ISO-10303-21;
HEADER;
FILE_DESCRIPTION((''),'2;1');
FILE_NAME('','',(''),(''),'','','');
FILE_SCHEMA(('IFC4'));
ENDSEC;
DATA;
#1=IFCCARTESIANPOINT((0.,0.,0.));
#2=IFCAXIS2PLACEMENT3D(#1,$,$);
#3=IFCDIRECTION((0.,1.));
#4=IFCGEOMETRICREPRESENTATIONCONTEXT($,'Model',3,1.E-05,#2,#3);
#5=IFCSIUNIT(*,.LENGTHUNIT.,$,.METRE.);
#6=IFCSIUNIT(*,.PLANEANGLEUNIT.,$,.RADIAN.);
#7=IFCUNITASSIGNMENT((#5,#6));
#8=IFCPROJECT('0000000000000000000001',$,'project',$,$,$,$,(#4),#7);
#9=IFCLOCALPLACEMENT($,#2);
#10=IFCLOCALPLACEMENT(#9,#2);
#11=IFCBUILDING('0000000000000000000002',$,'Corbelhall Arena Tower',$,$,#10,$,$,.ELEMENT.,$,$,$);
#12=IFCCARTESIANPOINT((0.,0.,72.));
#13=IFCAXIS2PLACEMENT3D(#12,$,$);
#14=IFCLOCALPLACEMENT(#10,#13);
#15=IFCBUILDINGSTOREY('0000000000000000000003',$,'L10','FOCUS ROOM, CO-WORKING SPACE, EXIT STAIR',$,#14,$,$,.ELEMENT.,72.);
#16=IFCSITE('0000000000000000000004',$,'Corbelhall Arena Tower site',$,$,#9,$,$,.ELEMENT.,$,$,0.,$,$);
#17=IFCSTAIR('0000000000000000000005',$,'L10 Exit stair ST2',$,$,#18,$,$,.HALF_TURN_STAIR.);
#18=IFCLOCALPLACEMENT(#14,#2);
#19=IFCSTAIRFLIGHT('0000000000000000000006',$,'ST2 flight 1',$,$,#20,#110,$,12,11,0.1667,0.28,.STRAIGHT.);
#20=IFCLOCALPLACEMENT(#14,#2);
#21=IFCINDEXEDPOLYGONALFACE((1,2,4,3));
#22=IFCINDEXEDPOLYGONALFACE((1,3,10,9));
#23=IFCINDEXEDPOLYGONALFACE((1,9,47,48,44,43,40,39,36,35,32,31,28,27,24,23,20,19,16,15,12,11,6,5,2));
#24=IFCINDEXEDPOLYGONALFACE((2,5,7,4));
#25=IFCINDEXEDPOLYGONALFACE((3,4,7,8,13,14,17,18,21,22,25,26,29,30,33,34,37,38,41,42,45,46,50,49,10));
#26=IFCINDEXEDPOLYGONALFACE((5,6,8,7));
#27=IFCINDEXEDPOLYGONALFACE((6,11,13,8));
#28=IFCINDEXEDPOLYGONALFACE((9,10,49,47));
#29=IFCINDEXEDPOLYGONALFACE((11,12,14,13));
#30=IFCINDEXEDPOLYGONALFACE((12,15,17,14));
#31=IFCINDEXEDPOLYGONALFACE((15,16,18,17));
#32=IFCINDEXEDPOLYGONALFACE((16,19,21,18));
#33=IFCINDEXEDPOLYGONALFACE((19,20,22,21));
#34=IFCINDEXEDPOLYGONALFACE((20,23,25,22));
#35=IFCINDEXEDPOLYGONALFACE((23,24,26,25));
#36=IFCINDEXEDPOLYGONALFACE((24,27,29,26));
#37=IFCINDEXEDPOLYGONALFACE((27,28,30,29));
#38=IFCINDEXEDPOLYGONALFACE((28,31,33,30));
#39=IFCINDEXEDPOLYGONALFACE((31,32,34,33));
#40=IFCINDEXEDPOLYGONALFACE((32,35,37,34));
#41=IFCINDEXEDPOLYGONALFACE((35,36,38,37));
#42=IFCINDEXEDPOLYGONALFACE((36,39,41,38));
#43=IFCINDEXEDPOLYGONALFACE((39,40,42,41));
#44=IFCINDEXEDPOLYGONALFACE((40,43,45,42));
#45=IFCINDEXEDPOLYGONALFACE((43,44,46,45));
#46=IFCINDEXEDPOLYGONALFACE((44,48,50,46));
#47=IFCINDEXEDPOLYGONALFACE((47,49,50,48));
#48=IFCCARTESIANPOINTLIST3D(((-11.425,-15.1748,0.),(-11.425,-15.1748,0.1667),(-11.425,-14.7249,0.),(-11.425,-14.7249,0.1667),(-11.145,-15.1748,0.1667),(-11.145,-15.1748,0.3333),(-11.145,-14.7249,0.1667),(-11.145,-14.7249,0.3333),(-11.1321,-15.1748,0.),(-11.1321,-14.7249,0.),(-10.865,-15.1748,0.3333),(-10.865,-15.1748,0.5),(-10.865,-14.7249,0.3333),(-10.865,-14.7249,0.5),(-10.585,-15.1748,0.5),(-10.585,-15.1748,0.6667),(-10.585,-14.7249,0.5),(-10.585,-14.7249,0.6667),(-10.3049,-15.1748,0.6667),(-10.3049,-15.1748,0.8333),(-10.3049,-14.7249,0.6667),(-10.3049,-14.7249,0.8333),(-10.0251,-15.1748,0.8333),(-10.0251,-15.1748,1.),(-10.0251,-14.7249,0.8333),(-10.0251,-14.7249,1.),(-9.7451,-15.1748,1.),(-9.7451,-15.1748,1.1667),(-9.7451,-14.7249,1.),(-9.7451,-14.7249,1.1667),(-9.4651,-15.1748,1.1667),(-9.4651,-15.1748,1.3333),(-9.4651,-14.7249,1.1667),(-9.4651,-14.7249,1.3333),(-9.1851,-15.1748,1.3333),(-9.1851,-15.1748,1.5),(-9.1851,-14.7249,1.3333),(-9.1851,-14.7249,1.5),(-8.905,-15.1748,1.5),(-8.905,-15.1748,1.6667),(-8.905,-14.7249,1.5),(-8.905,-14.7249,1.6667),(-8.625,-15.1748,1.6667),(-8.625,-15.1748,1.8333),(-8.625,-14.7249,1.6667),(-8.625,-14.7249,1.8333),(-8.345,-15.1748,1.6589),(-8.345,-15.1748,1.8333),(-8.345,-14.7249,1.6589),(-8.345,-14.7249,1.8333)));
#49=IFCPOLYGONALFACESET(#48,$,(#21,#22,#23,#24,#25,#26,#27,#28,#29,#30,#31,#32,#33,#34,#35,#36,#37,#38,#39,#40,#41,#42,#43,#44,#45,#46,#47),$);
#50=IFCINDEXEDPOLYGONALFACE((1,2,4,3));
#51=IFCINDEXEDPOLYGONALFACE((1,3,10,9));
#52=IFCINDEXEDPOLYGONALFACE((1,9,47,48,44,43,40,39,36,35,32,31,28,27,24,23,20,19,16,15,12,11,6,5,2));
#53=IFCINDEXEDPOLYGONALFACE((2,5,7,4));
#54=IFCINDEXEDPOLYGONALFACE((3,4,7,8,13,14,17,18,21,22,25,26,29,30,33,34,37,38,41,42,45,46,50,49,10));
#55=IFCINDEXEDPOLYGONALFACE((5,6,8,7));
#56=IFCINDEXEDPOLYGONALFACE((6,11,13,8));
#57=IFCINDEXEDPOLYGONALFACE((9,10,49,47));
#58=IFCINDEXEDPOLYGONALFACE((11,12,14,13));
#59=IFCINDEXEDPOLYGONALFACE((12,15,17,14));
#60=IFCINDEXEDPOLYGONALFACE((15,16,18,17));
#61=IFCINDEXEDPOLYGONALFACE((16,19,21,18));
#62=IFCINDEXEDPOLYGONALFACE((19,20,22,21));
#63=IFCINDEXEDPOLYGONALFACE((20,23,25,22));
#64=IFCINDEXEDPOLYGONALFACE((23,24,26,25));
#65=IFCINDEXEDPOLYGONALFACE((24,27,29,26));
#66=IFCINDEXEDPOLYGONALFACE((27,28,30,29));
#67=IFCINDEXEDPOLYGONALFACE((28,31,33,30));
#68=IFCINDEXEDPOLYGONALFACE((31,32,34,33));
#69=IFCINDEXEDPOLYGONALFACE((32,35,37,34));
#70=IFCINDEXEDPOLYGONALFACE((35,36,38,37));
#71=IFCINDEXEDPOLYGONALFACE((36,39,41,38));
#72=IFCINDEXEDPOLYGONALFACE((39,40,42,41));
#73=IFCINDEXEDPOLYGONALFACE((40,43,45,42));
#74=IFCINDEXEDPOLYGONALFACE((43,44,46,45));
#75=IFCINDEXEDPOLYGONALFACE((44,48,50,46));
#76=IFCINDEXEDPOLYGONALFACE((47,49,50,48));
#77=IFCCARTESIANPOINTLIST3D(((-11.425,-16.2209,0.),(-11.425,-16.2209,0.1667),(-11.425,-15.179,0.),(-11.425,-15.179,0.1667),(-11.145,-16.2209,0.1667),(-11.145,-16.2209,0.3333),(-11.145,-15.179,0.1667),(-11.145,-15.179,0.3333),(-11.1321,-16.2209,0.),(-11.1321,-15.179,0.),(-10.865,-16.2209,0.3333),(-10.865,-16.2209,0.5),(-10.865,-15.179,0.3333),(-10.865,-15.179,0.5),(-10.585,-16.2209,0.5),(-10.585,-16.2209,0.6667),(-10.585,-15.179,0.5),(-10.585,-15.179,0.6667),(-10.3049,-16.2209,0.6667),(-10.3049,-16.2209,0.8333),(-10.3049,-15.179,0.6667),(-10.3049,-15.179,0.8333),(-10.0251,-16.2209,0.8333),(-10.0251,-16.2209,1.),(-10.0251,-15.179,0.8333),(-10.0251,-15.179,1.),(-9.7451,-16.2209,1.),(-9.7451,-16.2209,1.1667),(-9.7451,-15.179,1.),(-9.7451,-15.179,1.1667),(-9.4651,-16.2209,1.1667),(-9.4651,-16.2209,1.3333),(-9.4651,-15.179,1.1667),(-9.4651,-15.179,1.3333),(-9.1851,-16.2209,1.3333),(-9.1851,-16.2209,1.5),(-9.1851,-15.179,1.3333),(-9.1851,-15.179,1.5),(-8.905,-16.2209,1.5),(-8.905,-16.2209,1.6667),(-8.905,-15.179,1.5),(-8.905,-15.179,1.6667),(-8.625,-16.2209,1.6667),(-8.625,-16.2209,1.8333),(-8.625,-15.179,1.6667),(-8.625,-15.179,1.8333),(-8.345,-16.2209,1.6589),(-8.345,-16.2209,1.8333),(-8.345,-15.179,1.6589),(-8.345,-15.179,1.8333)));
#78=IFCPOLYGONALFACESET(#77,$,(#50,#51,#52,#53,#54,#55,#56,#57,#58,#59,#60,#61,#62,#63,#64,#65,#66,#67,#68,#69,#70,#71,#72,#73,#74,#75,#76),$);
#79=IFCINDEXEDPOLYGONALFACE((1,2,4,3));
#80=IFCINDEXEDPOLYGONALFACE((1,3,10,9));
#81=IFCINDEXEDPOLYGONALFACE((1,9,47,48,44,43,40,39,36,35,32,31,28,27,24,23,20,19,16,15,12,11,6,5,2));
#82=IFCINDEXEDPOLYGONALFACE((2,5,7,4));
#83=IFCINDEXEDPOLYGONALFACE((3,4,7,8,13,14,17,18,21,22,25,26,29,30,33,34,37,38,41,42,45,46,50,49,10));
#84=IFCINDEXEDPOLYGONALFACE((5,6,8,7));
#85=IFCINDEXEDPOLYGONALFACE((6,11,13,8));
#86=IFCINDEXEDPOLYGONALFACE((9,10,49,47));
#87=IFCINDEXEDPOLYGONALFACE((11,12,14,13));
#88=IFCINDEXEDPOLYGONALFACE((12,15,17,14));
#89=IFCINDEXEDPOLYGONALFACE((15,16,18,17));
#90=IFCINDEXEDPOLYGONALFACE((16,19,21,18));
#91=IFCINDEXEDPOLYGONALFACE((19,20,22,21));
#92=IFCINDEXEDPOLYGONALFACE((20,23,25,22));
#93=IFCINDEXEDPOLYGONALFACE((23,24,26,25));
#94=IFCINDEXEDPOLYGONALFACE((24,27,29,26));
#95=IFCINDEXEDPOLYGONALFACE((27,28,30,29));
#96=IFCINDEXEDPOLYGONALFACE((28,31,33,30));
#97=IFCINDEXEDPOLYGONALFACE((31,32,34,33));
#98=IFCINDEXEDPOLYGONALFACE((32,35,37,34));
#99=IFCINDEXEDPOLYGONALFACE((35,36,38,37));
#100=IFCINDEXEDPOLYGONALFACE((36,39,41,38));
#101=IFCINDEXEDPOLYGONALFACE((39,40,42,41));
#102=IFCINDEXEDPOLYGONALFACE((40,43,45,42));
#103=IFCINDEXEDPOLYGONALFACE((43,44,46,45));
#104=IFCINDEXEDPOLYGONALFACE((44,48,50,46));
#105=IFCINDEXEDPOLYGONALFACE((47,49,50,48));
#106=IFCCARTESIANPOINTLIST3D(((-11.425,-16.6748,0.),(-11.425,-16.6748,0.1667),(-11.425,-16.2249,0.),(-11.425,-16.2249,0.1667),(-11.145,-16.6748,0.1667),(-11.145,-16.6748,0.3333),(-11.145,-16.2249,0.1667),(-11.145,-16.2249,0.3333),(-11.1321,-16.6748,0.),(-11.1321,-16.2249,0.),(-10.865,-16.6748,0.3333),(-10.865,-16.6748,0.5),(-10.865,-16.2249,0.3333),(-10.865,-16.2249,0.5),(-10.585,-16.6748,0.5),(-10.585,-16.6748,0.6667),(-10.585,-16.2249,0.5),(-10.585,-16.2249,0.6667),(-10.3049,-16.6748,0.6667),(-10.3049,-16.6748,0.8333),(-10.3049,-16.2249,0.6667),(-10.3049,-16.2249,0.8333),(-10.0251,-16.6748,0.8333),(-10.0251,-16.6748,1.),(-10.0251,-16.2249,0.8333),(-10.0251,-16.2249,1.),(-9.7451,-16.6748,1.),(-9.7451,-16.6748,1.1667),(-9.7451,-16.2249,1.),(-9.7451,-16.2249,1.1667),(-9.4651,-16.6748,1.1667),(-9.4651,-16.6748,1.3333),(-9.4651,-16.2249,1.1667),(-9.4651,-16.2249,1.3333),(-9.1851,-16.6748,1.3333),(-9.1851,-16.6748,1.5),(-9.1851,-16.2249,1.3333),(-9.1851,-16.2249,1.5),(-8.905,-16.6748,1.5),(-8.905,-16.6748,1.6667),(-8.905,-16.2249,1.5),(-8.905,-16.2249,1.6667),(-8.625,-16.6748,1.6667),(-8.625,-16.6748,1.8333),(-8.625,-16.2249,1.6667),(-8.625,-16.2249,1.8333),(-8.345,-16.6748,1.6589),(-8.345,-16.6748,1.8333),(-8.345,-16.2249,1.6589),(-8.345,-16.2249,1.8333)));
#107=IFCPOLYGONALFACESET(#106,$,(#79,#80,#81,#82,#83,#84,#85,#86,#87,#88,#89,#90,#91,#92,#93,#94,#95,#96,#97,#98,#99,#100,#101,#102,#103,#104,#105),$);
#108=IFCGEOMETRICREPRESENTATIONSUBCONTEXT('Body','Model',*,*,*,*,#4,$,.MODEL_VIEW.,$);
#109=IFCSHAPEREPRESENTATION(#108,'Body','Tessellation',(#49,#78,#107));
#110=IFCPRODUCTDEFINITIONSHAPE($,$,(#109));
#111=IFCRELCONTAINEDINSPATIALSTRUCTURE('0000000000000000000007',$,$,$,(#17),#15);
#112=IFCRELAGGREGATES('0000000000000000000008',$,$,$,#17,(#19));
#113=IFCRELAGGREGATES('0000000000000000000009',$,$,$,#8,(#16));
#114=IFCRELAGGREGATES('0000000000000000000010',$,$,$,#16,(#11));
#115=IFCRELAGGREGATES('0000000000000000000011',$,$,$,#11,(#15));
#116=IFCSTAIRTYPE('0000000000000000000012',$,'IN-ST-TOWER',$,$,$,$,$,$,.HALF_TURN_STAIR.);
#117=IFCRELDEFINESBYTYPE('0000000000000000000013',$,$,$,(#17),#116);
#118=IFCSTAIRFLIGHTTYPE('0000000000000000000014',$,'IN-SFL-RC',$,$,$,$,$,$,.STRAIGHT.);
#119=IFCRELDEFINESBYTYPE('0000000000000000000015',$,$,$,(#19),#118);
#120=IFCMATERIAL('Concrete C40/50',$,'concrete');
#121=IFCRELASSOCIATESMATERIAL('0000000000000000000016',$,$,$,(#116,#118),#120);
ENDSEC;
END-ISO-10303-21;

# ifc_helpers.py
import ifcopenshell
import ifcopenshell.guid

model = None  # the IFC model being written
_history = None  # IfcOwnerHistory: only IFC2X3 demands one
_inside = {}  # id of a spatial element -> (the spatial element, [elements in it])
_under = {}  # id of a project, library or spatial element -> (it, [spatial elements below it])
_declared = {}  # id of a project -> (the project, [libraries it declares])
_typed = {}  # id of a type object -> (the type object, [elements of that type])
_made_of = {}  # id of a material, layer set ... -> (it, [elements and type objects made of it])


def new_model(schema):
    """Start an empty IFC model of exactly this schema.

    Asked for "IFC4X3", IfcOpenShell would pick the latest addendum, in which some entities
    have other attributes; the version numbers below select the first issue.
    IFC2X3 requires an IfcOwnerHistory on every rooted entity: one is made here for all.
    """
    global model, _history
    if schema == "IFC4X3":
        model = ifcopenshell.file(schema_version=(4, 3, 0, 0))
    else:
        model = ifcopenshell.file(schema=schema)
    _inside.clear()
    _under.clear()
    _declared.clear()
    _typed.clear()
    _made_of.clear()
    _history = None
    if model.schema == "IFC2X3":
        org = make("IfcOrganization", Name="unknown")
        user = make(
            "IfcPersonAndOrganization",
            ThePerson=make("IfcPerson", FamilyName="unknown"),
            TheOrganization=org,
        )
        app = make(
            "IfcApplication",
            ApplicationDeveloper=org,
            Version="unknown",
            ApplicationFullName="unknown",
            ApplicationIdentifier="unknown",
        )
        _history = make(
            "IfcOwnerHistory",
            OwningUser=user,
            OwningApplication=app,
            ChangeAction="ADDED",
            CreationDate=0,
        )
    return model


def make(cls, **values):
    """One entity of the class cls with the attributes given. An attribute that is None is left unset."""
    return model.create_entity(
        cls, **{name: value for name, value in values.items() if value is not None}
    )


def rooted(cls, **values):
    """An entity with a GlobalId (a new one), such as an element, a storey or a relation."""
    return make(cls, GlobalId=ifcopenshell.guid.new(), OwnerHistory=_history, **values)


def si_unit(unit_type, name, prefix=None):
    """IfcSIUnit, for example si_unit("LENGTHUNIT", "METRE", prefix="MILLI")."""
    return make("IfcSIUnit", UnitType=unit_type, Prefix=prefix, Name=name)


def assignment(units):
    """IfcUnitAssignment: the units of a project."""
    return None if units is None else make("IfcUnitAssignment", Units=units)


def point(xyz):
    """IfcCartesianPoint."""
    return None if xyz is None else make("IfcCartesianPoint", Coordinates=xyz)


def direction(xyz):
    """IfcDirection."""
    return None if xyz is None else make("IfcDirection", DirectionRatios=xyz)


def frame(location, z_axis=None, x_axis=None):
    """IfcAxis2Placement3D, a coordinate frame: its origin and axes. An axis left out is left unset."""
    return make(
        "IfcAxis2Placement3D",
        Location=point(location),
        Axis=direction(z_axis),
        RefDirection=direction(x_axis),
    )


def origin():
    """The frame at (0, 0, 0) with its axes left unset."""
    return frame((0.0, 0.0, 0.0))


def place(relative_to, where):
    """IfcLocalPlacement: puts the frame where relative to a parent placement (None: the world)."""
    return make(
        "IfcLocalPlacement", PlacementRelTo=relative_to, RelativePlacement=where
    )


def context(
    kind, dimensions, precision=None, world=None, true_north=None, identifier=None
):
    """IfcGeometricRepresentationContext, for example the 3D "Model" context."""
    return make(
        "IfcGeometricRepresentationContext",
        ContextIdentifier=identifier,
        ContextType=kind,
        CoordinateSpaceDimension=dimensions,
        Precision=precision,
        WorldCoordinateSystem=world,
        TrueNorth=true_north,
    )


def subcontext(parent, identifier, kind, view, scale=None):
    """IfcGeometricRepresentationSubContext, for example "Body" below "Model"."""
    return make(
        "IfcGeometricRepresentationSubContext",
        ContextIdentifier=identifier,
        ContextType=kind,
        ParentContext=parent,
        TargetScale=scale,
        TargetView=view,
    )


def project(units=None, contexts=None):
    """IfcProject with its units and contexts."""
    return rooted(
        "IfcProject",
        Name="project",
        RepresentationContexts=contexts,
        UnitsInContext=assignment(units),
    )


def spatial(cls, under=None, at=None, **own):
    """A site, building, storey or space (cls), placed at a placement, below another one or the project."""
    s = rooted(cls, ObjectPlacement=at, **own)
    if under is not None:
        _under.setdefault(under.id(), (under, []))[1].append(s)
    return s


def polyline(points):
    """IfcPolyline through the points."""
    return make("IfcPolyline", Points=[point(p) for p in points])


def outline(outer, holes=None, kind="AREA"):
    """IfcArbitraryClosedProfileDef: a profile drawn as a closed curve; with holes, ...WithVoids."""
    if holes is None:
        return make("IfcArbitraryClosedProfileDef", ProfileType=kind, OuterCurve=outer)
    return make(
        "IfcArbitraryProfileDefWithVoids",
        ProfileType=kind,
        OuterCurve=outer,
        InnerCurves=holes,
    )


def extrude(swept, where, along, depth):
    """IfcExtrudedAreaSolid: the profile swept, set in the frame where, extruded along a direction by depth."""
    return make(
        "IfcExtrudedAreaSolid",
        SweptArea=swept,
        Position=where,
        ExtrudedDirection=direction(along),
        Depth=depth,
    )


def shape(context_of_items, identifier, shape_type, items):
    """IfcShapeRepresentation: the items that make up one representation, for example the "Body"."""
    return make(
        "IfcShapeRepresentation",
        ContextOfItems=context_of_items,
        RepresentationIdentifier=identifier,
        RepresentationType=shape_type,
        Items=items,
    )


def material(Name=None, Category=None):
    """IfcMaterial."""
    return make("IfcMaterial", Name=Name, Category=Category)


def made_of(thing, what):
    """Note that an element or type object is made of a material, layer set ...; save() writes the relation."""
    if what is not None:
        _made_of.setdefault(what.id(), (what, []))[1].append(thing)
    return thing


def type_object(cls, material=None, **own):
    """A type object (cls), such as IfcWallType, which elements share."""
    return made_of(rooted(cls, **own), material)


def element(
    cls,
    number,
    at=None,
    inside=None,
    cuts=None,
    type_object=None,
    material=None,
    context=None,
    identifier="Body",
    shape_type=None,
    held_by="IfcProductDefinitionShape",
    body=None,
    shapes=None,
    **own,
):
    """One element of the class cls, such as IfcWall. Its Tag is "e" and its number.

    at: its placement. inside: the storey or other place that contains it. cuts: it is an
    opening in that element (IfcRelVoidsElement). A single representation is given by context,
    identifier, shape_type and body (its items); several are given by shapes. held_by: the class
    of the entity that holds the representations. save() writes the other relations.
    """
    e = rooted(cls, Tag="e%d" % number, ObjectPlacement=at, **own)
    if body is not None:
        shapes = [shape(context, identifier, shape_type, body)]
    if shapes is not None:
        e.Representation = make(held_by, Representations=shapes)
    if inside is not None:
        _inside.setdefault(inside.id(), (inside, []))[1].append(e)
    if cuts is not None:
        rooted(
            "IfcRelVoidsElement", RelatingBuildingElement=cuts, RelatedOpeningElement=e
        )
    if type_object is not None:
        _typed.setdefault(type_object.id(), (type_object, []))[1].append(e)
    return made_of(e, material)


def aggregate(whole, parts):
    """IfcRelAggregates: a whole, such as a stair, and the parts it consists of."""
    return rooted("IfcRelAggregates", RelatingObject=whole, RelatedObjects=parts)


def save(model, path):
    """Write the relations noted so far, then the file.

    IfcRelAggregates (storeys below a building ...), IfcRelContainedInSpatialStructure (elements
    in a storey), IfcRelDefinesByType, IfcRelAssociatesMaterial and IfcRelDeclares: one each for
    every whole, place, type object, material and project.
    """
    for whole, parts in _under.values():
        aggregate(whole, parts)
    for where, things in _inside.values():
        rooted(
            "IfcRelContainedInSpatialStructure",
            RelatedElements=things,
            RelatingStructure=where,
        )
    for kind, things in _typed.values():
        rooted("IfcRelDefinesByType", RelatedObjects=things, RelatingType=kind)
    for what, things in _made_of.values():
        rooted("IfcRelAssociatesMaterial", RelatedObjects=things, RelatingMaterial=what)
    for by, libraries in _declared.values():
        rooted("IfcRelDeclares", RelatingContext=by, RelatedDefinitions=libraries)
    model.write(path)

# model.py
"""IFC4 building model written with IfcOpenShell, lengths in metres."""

from ifc_helpers import new_model, si_unit, direction, frame, origin, place, context, subcontext, project, spatial, polyline, outline, extrude, material, type_object, element, aggregate, save


model = new_model("IFC4")

# Units and contexts
model_context = context("Model", 3, precision=1e-05, world=origin(), true_north=direction((0.0, 1.0)))
body_context = subcontext(model_context, "Body", "Model", "MODEL_VIEW")
ifc_project = project(units=[si_unit("LENGTHUNIT", "METRE"), si_unit("PLANEANGLEUNIT", "RADIAN")], contexts=[model_context])

# Site, building, storey
site_placement = place(None, origin())
site = spatial("IfcSite", under=ifc_project, at=site_placement, Name="Corbelhall Arena Tower site", CompositionType="ELEMENT", RefElevation=0.0)
building_placement = place(site_placement, origin())
building = spatial("IfcBuilding", under=site, at=building_placement, Name="Corbelhall Arena Tower", CompositionType="ELEMENT")
storey_placement = place(building_placement, frame((0.0, 0.0, 72.0)))
storey = spatial("IfcBuildingStorey", under=building, at=storey_placement, Name="L10", Description="FOCUS ROOM, CO-WORKING SPACE, EXIT STAIR", CompositionType="ELEMENT", Elevation=72.0)

# Stair, stair flight
ifc_material_1 = material(Name="Concrete C40/50", Category="concrete")
stair_type = type_object("IfcStairType", Name="IN-ST-TOWER", PredefinedType="HALF_TURN_STAIR", material=ifc_material_1)
stair_placement = place(storey_placement, origin())
stair = element("IfcStair", 1, at=stair_placement, inside=storey, type_object=stair_type, Name="L10 Exit stair ST2", PredefinedType="HALF_TURN_STAIR")
stair_flight_type = type_object("IfcStairFlightType", Name="IN-SFL-RC", PredefinedType="STRAIGHT", material=ifc_material_1)
stair_flight_placement = place(storey_placement, frame((-11.425, -15.7, 0.0), z_axis=(0.0, 0.0, 1.0), x_axis=(1.0, 0.0, 0.0)))
stair_flight = element("IfcStairFlight", 2, at=stair_flight_placement, type_object=stair_flight_type, Name="ST2 flight 1", NumberOfRisers=12, NumberOfTreads=11, PredefinedType="STRAIGHT", RiserHeight=0.1667, TreadLength=0.28, context=body_context, shape_type="SweptSolid", body=[
    extrude(outline(polyline([(0.0, 0.0), (0.0, 0.1667), (0.28, 0.1667), (0.28, 0.3333), (0.5601, 0.3333), (0.5601, 0.5), (0.8401, 0.5), (0.8401, 0.6667), (1.1201, 0.6667), (1.1201, 0.8333), (1.3999, 0.8333), (1.3999, 1.0), (1.6799, 1.0), (1.6799, 1.1667), (1.96, 1.1667), (1.96, 1.3333), (2.24, 1.3333), (2.24, 1.5), (2.52, 1.5), (2.52, 1.6667), (2.8, 1.6667), (2.8, 1.8333), (3.0801, 1.8333), (3.0801, 2.0), (3.0801, 1.6589), (0.293, 0.0), (0.0, 0.0)])), frame((0.0, 0.9751, 0.0), z_axis=(0.0, -1.0, 0.0), x_axis=(1.0, 0.0, 0.0)), (0.0, 0.0, 1.0), 0.45),
    extrude(outline(polyline([(0.0, 0.0), (0.0, 0.1667), (0.28, 0.1667), (0.28, 0.3333), (0.5601, 0.3333), (0.5601, 0.5), (0.8401, 0.5), (0.8401, 0.6667), (1.1201, 0.6667), (1.1201, 0.8333), (1.3999, 0.8333), (1.3999, 1.0), (1.6799, 1.0), (1.6799, 1.1667), (1.96, 1.1667), (1.96, 1.3333), (2.24, 1.3333), (2.24, 1.5), (2.52, 1.5), (2.52, 1.6667), (2.8, 1.6667), (2.8, 1.8333), (3.0801, 1.8333), (3.0801, 2.0), (3.0801, 1.6589), (0.293, 0.0), (0.0, 0.0)])), frame((0.0, 0.521, 0.0), z_axis=(0.0, -1.0, 0.0), x_axis=(1.0, 0.0, 0.0)), (0.0, 0.0, 1.0), 1.042),
    extrude(outline(polyline([(0.0, 0.0), (0.0, 0.1667), (0.28, 0.1667), (0.28, 0.3333), (0.5601, 0.3333), (0.5601, 0.5), (0.8401, 0.5), (0.8401, 0.6667), (1.1201, 0.6667), (1.1201, 0.8333), (1.3999, 0.8333), (1.3999, 1.0), (1.6799, 1.0), (1.6799, 1.1667), (1.96, 1.1667), (1.96, 1.3333), (2.24, 1.3333), (2.24, 1.5), (2.52, 1.5), (2.52, 1.6667), (2.8, 1.6667), (2.8, 1.8333), (3.0801, 1.8333), (3.0801, 2.0), (3.0801, 1.6589), (0.293, 0.0), (0.0, 0.0)])), frame((0.0, -0.5249, 0.0), z_axis=(0.0, -1.0, 0.0), x_axis=(1.0, 0.0, 0.0)), (0.0, 0.0, 1.0), 0.45),
])
aggregate(stair, [stair_flight])

save(model, "model.ifc")
